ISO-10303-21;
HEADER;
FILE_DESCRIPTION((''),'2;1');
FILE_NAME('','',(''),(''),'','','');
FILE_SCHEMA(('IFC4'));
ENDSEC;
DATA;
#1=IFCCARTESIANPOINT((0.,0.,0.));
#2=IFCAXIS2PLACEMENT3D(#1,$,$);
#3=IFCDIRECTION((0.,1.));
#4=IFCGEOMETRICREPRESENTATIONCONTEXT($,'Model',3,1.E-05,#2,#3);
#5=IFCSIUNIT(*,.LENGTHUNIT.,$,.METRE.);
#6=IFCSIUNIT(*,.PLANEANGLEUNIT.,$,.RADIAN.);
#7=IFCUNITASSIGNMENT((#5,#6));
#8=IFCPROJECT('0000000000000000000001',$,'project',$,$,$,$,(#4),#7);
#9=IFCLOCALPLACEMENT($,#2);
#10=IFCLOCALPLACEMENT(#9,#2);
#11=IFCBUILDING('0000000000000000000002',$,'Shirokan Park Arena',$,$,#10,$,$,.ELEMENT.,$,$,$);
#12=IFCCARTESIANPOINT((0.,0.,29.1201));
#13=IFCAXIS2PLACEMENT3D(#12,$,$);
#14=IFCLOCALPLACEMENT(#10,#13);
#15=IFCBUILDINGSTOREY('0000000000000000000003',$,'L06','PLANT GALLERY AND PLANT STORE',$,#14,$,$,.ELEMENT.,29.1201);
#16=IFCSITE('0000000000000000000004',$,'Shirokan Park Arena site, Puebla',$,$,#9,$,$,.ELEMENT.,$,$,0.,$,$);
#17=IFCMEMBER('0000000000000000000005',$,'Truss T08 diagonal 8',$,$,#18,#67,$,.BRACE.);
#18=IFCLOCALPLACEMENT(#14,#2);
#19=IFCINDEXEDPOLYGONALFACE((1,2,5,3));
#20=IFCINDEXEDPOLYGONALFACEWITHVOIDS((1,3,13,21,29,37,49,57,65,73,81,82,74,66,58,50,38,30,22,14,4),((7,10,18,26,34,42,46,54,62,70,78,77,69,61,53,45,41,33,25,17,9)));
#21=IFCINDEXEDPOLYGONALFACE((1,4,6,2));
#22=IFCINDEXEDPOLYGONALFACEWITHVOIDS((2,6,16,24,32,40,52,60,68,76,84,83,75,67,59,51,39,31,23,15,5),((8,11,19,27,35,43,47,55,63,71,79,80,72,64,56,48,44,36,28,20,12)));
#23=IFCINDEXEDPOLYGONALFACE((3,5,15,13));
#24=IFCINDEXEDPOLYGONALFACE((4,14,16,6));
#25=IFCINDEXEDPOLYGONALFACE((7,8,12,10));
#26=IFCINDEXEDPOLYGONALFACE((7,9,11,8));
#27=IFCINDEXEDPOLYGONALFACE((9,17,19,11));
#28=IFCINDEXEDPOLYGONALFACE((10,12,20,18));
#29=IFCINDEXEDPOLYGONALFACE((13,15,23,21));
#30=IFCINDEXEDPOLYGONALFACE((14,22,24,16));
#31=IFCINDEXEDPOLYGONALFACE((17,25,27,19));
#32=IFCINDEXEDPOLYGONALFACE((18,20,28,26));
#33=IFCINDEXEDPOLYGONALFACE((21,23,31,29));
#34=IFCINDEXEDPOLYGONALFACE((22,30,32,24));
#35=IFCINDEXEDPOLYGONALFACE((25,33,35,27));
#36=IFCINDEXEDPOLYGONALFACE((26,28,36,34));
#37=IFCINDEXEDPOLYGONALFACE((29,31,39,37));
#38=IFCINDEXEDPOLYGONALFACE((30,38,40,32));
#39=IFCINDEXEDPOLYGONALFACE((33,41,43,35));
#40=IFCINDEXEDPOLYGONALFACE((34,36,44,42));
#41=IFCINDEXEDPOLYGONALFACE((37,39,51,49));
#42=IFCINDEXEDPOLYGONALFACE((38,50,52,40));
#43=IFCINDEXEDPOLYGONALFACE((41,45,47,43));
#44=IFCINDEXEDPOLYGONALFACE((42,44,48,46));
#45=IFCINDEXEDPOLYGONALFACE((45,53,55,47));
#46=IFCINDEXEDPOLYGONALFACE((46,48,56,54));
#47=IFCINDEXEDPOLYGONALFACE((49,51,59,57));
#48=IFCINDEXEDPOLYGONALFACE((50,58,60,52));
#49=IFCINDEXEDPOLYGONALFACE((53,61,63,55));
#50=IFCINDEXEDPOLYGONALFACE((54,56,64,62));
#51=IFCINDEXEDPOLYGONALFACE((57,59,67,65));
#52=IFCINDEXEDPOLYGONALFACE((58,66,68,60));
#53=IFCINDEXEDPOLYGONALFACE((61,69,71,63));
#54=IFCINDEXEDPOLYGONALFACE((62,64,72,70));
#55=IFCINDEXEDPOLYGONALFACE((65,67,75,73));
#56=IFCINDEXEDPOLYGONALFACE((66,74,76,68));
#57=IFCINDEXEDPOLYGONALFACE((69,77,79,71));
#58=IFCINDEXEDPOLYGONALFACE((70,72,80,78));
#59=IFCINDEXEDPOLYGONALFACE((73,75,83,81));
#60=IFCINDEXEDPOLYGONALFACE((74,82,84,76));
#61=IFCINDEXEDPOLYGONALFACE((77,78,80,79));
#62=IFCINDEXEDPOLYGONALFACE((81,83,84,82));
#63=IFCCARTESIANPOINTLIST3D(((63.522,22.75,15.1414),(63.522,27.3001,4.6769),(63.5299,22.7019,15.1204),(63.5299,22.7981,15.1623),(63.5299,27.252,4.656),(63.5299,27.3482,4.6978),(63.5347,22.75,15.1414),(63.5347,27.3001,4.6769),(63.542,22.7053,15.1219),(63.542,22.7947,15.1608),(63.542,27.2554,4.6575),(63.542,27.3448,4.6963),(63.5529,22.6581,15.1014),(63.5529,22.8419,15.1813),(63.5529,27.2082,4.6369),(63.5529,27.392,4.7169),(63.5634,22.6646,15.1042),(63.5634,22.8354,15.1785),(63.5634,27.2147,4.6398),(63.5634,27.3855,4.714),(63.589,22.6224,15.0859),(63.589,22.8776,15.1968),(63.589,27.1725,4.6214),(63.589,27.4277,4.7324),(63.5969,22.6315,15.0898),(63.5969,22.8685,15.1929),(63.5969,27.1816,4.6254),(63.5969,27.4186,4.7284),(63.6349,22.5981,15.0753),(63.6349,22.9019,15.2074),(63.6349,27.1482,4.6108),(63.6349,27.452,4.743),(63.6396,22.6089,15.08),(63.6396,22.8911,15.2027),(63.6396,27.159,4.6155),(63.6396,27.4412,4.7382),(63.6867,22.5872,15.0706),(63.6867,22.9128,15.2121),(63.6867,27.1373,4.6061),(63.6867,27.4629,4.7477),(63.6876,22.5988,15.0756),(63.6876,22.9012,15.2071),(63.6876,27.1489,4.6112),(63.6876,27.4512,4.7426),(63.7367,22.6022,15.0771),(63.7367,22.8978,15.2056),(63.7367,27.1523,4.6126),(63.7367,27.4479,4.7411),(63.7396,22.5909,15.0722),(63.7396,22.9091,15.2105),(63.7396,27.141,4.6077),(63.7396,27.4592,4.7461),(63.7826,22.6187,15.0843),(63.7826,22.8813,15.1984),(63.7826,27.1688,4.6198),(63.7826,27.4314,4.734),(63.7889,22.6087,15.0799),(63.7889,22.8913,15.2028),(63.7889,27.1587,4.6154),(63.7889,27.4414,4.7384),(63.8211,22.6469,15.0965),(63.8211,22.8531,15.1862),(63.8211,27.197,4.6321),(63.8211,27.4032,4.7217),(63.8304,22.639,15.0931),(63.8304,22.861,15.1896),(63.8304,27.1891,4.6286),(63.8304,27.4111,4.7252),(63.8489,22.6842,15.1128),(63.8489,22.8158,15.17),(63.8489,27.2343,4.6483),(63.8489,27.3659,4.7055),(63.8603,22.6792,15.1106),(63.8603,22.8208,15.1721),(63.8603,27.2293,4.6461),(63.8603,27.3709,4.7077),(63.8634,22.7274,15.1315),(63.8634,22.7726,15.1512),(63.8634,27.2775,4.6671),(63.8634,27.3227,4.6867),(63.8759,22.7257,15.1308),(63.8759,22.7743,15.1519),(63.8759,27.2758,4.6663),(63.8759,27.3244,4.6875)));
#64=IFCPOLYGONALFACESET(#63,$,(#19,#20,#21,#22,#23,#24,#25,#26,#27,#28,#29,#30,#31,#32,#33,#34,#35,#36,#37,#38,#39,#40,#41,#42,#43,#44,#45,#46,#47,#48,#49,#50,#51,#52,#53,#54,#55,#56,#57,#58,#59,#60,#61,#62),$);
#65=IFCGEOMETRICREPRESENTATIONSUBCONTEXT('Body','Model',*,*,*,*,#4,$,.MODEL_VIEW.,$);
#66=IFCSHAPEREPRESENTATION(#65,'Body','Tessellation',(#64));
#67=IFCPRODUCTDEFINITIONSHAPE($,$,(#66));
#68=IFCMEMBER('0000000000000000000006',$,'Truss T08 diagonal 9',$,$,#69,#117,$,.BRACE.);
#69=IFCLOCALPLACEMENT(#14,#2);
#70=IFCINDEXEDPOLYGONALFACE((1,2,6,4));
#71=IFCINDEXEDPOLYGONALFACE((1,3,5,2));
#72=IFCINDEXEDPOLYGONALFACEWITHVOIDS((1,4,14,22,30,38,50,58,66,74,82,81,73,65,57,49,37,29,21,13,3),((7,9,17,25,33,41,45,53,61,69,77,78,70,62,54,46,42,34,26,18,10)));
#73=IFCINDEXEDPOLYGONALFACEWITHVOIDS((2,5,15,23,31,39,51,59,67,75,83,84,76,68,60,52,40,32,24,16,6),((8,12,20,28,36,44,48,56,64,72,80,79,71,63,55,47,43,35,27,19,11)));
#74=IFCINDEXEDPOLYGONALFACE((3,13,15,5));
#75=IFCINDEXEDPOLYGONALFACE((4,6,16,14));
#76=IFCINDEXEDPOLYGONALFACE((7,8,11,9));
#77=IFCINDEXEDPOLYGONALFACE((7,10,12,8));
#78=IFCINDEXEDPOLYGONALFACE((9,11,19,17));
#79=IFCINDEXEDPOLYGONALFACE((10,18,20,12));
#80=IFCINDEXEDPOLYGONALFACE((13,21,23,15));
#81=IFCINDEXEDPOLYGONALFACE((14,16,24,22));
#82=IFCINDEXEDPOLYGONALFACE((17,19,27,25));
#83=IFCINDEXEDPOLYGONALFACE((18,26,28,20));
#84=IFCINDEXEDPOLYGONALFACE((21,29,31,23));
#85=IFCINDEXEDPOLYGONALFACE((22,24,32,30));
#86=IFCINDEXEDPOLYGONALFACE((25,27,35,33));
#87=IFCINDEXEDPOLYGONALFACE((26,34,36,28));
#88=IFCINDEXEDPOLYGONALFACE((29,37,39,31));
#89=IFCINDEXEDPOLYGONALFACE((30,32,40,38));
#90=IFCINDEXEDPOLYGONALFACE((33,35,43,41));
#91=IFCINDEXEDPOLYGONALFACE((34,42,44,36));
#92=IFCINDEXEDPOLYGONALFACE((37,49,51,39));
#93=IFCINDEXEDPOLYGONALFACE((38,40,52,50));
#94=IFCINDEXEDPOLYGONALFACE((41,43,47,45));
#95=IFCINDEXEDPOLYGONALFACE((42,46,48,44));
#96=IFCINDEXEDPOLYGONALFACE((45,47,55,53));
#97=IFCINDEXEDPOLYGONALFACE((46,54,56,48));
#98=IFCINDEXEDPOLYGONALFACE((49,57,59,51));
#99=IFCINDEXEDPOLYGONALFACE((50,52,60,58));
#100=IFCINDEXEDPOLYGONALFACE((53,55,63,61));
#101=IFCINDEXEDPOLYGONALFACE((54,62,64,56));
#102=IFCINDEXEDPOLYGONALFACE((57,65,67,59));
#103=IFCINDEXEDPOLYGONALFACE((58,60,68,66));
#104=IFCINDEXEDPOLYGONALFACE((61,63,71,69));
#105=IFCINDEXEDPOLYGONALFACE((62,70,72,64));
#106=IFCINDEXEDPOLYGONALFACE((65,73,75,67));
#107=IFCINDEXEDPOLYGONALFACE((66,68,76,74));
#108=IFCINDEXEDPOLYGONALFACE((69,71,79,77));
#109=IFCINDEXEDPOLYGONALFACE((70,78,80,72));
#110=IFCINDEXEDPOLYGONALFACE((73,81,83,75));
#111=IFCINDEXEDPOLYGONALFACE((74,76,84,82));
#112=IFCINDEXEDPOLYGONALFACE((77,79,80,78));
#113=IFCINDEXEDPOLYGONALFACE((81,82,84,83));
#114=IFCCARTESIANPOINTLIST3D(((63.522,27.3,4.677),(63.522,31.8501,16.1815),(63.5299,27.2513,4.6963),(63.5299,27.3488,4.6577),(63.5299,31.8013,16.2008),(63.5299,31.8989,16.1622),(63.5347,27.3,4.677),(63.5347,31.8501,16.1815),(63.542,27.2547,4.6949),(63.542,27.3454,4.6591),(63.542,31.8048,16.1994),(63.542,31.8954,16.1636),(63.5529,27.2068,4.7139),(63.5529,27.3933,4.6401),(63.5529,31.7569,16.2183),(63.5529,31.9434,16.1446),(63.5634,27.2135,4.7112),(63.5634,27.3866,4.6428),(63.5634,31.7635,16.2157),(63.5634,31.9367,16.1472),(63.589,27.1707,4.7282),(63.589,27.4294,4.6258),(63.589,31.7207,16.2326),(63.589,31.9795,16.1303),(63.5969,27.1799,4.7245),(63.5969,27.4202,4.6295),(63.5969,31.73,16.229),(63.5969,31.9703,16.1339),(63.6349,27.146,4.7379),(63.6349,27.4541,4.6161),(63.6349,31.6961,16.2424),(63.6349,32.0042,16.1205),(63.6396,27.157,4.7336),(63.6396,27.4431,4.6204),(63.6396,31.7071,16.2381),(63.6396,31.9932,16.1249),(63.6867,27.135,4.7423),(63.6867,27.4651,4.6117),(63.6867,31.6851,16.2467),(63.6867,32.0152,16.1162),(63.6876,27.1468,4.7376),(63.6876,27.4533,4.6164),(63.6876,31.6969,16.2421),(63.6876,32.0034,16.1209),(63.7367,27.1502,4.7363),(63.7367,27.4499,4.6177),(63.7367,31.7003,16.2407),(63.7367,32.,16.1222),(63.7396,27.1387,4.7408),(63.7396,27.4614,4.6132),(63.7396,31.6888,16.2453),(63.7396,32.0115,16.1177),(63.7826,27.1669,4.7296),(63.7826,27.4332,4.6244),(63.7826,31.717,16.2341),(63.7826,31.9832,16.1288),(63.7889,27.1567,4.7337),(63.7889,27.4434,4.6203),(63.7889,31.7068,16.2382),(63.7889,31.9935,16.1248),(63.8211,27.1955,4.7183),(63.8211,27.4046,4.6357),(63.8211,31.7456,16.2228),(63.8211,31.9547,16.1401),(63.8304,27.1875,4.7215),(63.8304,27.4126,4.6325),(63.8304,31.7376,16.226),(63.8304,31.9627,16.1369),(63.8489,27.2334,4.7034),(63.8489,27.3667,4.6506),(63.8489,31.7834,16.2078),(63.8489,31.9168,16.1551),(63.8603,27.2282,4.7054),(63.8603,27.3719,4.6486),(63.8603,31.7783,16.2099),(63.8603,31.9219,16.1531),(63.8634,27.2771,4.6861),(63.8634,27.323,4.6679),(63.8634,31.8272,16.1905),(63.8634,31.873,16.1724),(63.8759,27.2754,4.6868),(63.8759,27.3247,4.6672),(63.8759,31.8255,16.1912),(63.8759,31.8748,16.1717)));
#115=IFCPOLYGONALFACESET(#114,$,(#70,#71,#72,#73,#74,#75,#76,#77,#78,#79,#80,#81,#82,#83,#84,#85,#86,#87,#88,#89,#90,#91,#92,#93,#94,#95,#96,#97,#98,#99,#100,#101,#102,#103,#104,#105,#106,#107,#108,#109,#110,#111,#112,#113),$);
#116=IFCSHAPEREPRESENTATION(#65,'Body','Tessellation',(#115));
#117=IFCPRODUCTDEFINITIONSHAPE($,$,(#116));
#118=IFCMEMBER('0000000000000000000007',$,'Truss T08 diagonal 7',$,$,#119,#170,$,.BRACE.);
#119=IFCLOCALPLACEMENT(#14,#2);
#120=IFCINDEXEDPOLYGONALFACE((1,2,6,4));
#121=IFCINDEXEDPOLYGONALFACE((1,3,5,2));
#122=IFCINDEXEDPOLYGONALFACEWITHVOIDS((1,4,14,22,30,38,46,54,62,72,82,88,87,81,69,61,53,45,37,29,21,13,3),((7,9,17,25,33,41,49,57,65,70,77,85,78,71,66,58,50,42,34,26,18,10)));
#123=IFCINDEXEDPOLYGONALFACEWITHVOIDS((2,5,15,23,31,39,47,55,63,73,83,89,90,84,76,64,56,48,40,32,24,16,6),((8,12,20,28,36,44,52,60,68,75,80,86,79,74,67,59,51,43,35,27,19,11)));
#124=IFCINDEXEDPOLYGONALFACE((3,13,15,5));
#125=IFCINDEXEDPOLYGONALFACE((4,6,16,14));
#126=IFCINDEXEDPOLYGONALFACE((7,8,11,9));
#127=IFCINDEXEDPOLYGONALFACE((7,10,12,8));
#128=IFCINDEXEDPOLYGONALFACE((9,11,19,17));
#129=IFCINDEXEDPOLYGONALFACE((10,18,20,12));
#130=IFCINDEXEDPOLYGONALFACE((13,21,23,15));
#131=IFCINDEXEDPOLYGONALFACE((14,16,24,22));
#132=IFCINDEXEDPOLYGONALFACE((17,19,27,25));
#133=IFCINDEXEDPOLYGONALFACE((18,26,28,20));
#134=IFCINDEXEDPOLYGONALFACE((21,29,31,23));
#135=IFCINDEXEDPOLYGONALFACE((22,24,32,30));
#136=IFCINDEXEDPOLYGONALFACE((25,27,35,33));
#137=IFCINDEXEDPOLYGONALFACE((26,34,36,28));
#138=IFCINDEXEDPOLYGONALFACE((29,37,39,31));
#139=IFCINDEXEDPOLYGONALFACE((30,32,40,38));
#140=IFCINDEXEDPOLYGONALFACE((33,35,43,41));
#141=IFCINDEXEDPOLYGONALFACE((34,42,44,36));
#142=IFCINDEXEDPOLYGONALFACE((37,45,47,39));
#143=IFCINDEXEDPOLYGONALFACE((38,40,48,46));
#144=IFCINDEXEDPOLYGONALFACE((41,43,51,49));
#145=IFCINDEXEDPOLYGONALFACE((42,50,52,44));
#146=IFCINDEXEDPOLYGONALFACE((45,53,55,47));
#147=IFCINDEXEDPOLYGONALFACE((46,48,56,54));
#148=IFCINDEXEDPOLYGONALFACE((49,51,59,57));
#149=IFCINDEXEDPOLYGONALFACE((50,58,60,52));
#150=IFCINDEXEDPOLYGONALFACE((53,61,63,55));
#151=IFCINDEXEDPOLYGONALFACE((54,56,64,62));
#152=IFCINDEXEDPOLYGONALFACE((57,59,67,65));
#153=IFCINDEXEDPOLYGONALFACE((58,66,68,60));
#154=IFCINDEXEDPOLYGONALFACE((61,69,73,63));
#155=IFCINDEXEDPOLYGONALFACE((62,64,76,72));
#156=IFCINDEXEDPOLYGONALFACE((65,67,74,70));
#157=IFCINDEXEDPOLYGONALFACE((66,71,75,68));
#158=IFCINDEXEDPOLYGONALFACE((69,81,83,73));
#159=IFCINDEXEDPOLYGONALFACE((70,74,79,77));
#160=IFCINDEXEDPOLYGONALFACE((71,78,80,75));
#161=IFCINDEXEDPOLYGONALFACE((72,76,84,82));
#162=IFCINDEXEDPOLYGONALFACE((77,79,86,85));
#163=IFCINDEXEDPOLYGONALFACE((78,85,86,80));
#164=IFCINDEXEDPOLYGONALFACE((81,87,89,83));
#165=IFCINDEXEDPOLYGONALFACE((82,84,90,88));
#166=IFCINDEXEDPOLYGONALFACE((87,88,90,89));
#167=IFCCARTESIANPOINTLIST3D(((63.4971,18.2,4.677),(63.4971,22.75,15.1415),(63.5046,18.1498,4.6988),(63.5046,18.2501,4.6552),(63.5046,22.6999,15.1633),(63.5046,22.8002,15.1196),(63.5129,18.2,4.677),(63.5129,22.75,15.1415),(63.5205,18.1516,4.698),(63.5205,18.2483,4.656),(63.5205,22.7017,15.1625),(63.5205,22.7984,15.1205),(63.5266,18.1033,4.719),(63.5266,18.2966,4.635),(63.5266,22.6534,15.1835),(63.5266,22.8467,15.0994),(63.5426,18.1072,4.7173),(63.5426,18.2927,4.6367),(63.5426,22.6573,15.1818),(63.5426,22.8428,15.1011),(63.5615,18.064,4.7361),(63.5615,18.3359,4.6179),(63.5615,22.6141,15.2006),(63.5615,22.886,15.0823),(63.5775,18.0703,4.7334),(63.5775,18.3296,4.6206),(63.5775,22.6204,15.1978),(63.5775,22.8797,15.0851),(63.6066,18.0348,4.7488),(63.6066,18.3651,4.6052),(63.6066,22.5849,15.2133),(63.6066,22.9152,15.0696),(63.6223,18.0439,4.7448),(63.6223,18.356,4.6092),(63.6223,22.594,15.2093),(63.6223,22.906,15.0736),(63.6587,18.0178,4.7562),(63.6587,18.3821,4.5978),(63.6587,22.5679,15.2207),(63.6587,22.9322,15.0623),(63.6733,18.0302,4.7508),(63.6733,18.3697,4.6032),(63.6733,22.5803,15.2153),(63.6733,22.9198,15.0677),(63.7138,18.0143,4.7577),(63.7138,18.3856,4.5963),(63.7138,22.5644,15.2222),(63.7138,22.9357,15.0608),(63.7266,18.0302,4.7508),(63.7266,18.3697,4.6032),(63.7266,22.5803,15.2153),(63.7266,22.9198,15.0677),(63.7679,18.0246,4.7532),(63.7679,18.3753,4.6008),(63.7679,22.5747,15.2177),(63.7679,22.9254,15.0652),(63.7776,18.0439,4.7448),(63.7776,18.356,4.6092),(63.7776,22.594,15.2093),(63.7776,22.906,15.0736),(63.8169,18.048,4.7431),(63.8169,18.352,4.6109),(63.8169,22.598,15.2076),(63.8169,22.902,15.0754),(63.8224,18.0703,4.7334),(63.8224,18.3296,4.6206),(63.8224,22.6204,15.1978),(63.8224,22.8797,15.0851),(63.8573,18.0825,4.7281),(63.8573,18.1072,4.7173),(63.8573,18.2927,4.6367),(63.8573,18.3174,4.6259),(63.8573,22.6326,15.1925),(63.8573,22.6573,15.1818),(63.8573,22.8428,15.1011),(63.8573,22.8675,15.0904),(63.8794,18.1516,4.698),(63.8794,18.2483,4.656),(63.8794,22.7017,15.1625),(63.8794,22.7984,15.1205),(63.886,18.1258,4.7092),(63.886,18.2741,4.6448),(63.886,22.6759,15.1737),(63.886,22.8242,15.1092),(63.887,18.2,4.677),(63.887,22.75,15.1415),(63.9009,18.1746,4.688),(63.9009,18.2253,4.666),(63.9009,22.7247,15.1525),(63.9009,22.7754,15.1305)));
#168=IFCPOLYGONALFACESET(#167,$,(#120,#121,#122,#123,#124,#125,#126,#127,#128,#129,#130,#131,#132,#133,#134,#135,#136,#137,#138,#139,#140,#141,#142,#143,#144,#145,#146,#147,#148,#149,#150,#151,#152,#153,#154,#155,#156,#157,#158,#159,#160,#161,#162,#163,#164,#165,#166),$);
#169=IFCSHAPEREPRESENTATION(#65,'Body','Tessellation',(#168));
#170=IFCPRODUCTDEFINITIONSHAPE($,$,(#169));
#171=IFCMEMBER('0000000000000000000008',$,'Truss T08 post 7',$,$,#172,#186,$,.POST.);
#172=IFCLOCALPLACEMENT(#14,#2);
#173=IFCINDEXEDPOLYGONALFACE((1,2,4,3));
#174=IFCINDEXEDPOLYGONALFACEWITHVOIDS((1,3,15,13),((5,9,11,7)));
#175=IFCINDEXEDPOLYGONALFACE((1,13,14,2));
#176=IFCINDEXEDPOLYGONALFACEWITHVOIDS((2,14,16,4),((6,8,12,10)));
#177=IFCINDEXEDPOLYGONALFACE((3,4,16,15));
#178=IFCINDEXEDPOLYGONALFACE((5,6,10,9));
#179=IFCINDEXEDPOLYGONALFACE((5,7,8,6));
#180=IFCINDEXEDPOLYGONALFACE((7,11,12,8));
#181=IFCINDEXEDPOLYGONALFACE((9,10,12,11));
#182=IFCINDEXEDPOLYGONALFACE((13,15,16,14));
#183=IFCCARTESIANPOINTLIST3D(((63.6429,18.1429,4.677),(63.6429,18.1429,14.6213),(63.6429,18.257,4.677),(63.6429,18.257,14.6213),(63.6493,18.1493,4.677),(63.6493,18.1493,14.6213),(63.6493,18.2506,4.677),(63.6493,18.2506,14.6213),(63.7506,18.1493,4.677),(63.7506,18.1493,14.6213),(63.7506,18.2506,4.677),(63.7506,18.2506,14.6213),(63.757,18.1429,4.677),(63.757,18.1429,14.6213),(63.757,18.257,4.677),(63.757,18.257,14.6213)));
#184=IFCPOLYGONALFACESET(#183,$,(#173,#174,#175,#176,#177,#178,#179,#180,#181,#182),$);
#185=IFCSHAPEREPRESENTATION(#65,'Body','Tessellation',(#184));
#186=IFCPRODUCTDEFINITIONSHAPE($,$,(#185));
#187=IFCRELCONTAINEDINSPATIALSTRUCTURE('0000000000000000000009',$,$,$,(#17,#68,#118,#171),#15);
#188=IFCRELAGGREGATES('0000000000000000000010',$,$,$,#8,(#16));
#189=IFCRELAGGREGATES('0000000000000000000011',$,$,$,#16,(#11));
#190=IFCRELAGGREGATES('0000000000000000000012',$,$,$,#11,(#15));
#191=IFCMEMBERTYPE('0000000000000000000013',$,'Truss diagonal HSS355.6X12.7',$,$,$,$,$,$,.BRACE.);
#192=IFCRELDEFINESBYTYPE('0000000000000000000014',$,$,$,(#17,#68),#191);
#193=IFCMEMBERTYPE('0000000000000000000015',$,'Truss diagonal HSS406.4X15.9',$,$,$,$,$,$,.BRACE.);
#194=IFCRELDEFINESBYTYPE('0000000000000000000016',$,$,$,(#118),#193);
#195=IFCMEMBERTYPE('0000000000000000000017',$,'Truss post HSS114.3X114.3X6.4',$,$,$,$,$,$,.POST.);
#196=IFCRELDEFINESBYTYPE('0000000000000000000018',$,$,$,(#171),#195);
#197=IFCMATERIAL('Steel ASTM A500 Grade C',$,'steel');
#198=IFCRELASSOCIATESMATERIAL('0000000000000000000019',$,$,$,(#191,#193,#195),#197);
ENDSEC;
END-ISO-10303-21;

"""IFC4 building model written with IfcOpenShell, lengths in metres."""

from ifc_helpers import new_model, si_unit, direction, frame, origin, origin_2d, place, context, subcontext, project, spatial, hollow_rectangle, hollow_circle, extrude, material, material_profile, profile_set, type_object, element, save


model = new_model("IFC4")

# Units and contexts
model_context = context("Model", 3, precision=1e-05, world=origin(), true_north=direction((0.0, 1.0)))
body_context = subcontext(model_context, "Body", "Model", "MODEL_VIEW")
ifc_project = project(units=[si_unit("LENGTHUNIT", "METRE"), si_unit("PLANEANGLEUNIT", "RADIAN")], contexts=[model_context])

# Site, building, storey
site_placement = place(None, origin())
site = spatial("IfcSite", under=ifc_project, at=site_placement, Name="Shirokan Park Arena site, Puebla", CompositionType="ELEMENT", RefElevation=0.0)
building_placement = place(site_placement, origin())
building = spatial("IfcBuilding", under=site, at=building_placement, Name="Shirokan Park Arena", CompositionType="ELEMENT")
storey_placement = place(building_placement, frame((0.0, 0.0, 29.1201)))
storey = spatial("IfcBuildingStorey", under=building, at=storey_placement, Name="L06", Description="PLANT GALLERY AND PLANT STORE", CompositionType="ELEMENT", Elevation=29.1201)

# Members
ifc_material_1 = material(Name="Steel ASTM A500 Grade C", Category="steel")
ifc_material_profile_1 = material_profile(ifc_material_1, hollow_circle(Radius=0.178, WallThickness=0.0127, at=origin_2d()), Name="HSS355.6X12.7")
ifc_profile_set_1 = profile_set([ifc_material_profile_1], Name="Steel ASTM A500 Grade C")
member_type_1 = type_object("IfcMemberType", Name="Truss diagonal HSS355.6X12.7", PredefinedType="BRACE", material=ifc_profile_set_1)
member_1_placement = place(storey_placement, frame((63.7, 22.75, 15.1414), z_axis=(0.0, 0.39875, -0.91706), x_axis=(-1.0, 0.0, 0.0)))
element("IfcMember", 1, at=member_1_placement, inside=storey, type_object=member_type_1, Name="Truss T08 diagonal 8", PredefinedType="BRACE", context=body_context, shape_type="SweptSolid", body=[
    extrude(hollow_circle(Radius=0.178, WallThickness=0.0127, at=origin_2d()), origin(), (0.0, 0.0, 1.0), 11.4109),
])
member_2_placement = place(storey_placement, frame((63.7, 27.3, 4.677), z_axis=(0.0, 0.367785, 0.929911), x_axis=(-1.0, 0.0, 0.0)))
element("IfcMember", 2, at=member_2_placement, inside=storey, type_object=member_type_1, Name="Truss T08 diagonal 9", PredefinedType="BRACE", context=body_context, shape_type="SweptSolid", body=[
    extrude(hollow_circle(Radius=0.178, WallThickness=0.0127, at=origin_2d()), origin(), (0.0, 0.0, 1.0), 12.3716),
])
ifc_material_profile_2 = material_profile(ifc_material_1, hollow_circle(Radius=0.2029, WallThickness=0.0159, at=origin_2d()), Name="HSS406.4X15.9")
ifc_profile_set_2 = profile_set([ifc_material_profile_2], Name="Steel ASTM A500 Grade C")
member_type_2 = type_object("IfcMemberType", Name="Truss diagonal HSS406.4X15.9", PredefinedType="BRACE", material=ifc_profile_set_2)
member_3_placement = place(storey_placement, frame((63.7, 18.2, 4.677), z_axis=(0.0, 0.39875, 0.91706), x_axis=(-1.0, 0.0, 0.0)))
element("IfcMember", 3, at=member_3_placement, inside=storey, type_object=member_type_2, Name="Truss T08 diagonal 7", PredefinedType="BRACE", context=body_context, shape_type="SweptSolid", body=[
    extrude(hollow_circle(Radius=0.2029, WallThickness=0.0159, at=origin_2d()), origin(), (0.0, 0.0, 1.0), 11.4109),
])
ifc_material_profile_3 = material_profile(ifc_material_1, hollow_rectangle(XDim=0.114, YDim=0.114, WallThickness=0.0063, at=origin_2d()), Name="HSS114.3X114.3X6.4")
ifc_profile_set_3 = profile_set([ifc_material_profile_3], Name="Steel ASTM A500 Grade C")
member_type_3 = type_object("IfcMemberType", Name="Truss post HSS114.3X114.3X6.4", PredefinedType="POST", material=ifc_profile_set_3)
member_4_placement = place(storey_placement, frame((63.7, 18.2, 4.677), z_axis=(0.0, 0.0, 1.0), x_axis=(1.0, 0.0, 0.0)))
element("IfcMember", 4, at=member_4_placement, inside=storey, type_object=member_type_3, Name="Truss T08 post 7", PredefinedType="POST", context=body_context, shape_type="SweptSolid", body=[
    extrude(hollow_rectangle(XDim=0.114, YDim=0.114, WallThickness=0.0063, at=origin_2d()), origin(), (0.0, 0.0, 1.0), 9.9443),
])

save(model, "model.ifc")
